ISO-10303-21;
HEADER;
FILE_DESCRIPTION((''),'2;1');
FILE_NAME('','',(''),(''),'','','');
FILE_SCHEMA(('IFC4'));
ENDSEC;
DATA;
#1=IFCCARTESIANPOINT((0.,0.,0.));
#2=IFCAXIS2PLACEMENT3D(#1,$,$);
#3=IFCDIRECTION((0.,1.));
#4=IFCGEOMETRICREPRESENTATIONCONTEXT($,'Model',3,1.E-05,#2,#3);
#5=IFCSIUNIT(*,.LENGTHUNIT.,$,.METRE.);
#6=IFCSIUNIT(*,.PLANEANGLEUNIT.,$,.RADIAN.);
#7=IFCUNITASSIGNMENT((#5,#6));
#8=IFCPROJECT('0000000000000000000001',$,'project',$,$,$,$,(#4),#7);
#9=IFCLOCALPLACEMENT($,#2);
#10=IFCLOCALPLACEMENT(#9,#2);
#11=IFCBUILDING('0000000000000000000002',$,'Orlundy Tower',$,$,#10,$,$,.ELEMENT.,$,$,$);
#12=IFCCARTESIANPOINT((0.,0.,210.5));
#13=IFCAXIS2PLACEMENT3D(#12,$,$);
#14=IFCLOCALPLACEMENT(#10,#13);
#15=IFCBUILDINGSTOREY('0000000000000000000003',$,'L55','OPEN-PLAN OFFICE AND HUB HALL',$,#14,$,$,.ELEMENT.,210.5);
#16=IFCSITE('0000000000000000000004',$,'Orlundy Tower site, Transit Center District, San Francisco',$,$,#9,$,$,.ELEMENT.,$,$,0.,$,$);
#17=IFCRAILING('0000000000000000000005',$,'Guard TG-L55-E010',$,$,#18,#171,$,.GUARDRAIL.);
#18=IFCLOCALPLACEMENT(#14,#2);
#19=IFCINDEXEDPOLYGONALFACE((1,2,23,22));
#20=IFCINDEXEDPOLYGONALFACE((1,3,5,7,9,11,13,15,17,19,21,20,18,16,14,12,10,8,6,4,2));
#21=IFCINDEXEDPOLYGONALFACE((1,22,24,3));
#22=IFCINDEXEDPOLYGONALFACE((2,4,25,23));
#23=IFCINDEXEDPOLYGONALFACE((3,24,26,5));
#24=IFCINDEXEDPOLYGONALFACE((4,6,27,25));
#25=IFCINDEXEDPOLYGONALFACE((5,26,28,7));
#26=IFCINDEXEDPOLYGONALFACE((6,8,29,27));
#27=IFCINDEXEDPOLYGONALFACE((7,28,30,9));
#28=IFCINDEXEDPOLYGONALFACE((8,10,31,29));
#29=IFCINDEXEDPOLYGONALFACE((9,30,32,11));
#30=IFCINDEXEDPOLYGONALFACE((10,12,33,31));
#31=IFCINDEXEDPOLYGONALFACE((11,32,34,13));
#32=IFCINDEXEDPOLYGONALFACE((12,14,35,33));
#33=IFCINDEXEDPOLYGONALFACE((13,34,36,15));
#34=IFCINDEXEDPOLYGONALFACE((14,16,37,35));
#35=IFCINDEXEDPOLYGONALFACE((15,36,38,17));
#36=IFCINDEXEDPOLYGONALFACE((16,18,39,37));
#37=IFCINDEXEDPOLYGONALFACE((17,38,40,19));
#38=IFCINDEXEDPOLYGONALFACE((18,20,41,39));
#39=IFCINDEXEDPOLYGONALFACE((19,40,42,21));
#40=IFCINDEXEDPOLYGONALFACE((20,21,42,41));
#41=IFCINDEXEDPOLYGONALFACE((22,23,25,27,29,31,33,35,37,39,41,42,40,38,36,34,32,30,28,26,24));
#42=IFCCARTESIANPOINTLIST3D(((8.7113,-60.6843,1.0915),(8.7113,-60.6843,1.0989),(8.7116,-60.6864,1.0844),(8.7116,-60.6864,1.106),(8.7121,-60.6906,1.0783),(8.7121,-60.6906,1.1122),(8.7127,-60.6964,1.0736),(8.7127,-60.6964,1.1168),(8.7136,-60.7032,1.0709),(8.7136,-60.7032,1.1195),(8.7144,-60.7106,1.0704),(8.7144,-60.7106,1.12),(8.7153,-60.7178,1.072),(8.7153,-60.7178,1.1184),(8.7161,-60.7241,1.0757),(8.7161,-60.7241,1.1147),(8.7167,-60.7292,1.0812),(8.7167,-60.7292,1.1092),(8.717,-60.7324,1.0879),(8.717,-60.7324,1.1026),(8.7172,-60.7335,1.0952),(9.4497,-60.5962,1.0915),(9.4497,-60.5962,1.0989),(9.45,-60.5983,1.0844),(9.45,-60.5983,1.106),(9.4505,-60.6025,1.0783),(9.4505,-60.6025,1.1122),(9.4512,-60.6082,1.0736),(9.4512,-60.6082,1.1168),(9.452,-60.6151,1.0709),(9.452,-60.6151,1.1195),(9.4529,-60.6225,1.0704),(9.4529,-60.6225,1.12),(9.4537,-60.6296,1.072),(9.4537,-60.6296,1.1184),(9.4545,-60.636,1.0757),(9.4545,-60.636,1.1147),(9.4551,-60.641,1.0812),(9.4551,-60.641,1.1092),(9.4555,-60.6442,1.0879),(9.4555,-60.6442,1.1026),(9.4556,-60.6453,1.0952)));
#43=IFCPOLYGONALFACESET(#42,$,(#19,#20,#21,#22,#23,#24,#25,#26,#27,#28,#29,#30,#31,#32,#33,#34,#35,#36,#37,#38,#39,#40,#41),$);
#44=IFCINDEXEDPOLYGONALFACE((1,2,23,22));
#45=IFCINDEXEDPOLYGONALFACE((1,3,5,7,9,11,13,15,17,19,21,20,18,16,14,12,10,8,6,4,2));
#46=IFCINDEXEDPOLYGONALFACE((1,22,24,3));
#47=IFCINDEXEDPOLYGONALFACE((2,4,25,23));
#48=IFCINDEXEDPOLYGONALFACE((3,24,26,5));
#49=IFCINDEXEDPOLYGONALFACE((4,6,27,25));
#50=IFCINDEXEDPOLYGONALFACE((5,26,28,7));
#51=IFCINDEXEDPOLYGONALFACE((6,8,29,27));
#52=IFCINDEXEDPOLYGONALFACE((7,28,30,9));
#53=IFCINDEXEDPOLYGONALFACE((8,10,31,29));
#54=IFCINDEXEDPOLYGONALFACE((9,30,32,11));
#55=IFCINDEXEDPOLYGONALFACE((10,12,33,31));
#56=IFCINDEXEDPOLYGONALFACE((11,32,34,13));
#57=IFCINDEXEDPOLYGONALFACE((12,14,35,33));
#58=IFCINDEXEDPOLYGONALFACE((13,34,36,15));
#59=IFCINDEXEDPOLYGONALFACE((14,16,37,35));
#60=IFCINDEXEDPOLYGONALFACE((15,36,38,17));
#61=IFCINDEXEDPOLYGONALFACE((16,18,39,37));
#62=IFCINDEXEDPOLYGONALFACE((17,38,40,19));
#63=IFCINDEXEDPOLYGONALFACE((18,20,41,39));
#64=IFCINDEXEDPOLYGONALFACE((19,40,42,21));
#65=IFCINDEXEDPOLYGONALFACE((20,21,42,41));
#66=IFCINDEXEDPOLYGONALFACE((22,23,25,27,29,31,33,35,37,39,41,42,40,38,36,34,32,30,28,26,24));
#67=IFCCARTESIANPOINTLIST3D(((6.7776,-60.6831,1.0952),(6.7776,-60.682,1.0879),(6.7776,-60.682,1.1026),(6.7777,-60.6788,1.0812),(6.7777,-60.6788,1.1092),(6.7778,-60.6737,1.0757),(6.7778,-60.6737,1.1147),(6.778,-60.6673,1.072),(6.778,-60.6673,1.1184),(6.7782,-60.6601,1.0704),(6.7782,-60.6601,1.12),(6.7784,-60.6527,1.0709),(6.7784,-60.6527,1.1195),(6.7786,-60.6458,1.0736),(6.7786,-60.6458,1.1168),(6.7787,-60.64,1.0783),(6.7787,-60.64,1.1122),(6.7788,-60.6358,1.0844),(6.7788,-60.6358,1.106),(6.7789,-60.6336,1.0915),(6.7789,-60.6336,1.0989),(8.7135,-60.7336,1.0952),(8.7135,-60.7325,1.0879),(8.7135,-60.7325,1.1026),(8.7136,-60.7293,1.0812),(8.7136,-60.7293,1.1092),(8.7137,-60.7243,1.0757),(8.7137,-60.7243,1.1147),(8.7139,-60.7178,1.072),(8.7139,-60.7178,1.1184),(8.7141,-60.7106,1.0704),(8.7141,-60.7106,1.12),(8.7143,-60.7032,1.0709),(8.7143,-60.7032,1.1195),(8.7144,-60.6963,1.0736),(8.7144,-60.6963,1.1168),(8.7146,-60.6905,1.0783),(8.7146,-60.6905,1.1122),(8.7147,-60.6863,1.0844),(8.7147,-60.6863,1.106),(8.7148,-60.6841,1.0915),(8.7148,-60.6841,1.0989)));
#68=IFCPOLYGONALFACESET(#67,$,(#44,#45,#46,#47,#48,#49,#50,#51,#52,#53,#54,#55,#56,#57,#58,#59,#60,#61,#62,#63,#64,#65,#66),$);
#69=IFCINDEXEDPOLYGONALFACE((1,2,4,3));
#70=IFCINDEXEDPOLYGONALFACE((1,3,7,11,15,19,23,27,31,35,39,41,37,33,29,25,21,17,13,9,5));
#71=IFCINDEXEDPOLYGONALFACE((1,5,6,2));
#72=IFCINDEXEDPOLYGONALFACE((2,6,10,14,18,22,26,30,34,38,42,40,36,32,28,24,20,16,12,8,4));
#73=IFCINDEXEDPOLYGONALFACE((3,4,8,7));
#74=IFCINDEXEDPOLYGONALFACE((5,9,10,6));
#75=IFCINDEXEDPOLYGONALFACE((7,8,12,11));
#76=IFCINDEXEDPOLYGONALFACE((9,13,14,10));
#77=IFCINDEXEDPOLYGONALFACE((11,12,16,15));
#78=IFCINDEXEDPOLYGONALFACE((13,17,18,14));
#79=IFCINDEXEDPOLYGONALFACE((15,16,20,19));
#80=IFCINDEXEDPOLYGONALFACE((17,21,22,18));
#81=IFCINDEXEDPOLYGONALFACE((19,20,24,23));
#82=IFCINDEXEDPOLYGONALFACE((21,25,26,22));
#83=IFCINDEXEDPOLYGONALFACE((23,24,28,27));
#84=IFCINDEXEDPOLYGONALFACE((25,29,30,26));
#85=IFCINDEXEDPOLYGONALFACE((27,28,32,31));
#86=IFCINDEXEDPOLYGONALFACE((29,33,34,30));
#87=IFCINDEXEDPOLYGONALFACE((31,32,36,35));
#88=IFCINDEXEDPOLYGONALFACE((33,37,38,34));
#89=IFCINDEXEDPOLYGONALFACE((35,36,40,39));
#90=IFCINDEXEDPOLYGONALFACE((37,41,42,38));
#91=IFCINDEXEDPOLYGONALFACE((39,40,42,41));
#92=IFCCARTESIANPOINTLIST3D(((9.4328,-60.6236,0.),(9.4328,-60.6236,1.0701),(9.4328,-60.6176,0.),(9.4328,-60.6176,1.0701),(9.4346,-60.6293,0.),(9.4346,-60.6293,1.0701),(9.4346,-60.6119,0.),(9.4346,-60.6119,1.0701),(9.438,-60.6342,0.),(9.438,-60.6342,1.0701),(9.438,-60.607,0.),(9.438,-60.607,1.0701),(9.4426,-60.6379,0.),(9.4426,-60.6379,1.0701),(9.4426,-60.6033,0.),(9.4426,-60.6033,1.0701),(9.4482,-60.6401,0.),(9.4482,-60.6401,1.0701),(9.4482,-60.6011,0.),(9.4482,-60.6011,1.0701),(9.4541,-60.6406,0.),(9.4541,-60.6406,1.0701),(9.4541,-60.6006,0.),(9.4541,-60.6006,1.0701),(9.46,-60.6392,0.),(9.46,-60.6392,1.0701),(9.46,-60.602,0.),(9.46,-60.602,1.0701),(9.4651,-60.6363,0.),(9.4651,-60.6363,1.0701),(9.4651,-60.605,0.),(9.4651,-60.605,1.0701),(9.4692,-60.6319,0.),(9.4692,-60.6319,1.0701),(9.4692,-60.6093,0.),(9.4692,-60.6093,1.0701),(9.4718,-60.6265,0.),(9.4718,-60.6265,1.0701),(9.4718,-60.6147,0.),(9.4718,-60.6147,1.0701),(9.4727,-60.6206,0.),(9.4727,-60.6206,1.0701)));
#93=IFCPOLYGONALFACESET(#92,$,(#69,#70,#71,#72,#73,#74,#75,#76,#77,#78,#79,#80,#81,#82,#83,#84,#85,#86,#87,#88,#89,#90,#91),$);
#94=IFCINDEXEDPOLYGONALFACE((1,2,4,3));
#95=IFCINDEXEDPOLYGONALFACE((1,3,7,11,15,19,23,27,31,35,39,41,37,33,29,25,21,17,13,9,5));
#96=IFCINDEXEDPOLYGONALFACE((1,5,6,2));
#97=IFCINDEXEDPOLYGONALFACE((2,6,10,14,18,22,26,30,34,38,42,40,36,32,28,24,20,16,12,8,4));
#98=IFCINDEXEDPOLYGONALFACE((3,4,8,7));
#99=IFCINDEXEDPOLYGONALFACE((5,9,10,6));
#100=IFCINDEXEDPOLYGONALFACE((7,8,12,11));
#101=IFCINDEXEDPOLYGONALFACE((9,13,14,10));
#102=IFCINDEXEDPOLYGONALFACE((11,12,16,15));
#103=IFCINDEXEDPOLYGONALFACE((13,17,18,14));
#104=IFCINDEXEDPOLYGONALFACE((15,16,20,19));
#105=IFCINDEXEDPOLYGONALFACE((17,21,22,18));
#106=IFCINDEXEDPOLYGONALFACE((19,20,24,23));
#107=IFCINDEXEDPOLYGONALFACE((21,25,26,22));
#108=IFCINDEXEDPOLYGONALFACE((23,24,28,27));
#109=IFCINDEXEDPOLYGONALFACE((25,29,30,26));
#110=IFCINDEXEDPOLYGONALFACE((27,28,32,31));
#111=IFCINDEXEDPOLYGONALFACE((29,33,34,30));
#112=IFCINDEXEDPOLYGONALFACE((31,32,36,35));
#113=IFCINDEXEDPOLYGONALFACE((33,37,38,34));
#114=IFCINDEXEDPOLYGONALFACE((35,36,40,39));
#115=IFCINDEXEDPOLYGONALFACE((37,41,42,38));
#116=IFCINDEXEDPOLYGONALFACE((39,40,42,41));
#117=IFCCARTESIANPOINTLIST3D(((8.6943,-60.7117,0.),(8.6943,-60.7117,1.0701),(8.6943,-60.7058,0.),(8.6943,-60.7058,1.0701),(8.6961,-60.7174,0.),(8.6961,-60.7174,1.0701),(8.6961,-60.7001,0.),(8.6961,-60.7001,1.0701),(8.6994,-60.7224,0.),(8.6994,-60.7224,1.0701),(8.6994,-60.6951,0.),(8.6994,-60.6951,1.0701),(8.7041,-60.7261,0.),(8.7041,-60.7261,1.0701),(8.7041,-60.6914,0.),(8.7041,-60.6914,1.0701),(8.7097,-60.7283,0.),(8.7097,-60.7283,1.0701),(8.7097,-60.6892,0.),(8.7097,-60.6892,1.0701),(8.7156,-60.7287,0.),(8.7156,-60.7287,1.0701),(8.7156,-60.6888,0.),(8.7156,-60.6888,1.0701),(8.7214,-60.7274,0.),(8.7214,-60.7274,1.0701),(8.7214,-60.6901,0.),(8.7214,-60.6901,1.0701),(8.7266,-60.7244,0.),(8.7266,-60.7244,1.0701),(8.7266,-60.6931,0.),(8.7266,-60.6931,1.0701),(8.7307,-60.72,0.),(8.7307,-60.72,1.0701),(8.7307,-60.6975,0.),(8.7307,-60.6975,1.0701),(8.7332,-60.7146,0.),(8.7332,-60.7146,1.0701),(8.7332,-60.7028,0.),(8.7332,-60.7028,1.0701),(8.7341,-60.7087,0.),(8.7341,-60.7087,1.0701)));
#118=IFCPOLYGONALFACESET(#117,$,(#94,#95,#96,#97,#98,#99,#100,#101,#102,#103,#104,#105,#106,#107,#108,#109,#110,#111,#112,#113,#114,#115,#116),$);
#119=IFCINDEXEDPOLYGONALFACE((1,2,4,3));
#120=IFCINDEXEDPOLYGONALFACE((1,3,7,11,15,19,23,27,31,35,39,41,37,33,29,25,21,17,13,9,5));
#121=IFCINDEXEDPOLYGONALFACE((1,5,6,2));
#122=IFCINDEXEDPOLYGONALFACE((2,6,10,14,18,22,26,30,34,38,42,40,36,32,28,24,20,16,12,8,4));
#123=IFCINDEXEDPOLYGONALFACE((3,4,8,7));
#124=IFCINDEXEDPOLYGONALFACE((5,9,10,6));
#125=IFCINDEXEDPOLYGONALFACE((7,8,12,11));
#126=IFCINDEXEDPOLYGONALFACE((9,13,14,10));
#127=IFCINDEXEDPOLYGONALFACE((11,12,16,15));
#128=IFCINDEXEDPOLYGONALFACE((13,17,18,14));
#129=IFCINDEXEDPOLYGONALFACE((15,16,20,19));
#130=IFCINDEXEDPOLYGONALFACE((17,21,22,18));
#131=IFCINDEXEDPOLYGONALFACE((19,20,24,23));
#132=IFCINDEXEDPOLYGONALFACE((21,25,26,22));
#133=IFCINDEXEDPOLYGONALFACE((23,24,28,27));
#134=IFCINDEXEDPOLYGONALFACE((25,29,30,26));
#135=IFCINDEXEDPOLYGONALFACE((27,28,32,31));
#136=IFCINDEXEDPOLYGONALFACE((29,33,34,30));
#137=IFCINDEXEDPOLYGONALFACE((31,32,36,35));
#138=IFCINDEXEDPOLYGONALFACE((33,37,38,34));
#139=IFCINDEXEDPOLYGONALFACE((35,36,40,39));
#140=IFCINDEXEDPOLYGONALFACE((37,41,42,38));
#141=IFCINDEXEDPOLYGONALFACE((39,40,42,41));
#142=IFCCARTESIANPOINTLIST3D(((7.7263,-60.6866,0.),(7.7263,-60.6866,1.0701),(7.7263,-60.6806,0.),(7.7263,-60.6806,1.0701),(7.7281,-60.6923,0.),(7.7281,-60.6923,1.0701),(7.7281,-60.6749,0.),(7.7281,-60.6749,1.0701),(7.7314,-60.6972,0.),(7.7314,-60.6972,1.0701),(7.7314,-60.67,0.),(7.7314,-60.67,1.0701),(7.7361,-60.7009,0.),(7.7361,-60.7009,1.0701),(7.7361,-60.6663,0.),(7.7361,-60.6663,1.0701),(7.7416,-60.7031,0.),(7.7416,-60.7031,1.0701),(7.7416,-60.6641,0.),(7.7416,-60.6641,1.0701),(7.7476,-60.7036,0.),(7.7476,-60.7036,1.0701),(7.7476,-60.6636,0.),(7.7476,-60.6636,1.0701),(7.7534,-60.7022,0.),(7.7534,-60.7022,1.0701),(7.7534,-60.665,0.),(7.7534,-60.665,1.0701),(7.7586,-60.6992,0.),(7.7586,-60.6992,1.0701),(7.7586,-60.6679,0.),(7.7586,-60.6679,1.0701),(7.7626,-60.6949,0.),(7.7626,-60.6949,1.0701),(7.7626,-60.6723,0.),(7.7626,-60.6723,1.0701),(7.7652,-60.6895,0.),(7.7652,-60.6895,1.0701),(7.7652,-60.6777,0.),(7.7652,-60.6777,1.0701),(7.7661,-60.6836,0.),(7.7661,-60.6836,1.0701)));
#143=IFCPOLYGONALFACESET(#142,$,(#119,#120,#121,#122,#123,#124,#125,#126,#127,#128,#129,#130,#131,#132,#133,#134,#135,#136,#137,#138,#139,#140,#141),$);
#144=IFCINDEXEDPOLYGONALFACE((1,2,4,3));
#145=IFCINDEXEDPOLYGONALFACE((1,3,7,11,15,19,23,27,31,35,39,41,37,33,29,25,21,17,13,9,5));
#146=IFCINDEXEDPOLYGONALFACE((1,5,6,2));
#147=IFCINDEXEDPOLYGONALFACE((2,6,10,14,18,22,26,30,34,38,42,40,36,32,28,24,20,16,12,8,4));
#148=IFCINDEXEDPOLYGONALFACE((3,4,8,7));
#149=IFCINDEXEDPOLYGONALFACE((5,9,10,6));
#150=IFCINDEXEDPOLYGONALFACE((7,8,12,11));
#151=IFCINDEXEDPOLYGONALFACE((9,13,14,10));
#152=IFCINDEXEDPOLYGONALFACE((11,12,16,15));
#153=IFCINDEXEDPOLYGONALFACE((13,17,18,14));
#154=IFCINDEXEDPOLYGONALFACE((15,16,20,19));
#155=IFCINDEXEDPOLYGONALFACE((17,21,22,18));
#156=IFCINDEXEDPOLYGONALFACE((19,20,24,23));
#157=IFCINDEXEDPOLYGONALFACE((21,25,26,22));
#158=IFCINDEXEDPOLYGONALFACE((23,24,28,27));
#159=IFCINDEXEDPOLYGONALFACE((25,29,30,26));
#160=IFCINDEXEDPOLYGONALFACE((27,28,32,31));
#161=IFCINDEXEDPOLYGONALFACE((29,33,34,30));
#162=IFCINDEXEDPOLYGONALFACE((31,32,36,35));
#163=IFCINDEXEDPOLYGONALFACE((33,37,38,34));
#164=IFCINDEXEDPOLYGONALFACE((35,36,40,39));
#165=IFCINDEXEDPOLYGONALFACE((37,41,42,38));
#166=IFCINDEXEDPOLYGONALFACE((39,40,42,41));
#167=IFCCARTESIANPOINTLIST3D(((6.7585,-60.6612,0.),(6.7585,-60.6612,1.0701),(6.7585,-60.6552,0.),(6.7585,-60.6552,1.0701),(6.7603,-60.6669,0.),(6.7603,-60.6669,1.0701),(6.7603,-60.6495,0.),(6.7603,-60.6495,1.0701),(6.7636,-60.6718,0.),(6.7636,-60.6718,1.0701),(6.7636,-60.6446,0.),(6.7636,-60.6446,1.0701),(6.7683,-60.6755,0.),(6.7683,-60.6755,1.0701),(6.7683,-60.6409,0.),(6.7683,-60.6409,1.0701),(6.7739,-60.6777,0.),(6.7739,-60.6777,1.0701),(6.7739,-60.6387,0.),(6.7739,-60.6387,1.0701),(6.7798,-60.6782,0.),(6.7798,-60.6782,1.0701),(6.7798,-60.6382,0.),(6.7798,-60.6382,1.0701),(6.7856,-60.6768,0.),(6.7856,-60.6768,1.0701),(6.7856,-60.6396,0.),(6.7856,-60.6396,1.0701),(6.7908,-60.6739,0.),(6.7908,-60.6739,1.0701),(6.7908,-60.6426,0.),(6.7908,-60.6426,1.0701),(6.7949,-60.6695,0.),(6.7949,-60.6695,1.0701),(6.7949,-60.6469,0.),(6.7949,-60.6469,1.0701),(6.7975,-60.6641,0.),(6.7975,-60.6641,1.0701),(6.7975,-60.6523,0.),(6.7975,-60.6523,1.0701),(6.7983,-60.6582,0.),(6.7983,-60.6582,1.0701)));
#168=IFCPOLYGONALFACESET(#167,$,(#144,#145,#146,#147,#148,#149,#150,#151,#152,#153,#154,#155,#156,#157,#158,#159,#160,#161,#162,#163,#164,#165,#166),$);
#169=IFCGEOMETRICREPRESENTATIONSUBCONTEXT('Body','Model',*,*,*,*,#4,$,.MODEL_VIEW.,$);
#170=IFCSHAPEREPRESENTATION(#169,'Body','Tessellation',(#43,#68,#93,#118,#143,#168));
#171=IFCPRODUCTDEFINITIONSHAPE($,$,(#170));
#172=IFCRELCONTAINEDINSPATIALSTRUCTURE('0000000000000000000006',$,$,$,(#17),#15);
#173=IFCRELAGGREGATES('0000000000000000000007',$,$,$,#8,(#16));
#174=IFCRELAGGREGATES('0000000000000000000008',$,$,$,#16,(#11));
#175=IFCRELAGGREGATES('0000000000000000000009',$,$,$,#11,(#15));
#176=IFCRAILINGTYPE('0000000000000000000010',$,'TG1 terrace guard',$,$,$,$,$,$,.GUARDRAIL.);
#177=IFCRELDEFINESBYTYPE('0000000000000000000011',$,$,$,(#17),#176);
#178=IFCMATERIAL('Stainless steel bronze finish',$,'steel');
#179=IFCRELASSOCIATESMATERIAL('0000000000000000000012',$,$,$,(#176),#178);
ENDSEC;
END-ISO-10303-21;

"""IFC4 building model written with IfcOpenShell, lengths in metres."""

from ifc_helpers import new_model, si_unit, direction, frame, origin, origin_2d, place, context, subcontext, project, spatial, circle, extrude, material, type_object, element, save


model = new_model("IFC4")

# Units and contexts
model_context = context("Model", 3, precision=1e-05, world=origin(), true_north=direction((0.0, 1.0)))
body_context = subcontext(model_context, "Body", "Model", "MODEL_VIEW")
ifc_project = project(units=[si_unit("LENGTHUNIT", "METRE"), si_unit("PLANEANGLEUNIT", "RADIAN")], contexts=[model_context])

# Site, building, storey
site_placement = place(None, origin())
site = spatial("IfcSite", under=ifc_project, at=site_placement, Name="Orlundy Tower site, Transit Center District, San Francisco", CompositionType="ELEMENT", RefElevation=0.0)
building_placement = place(site_placement, origin())
building = spatial("IfcBuilding", under=site, at=building_placement, Name="Orlundy Tower", CompositionType="ELEMENT")
storey_placement = place(building_placement, frame((0.0, 0.0, 210.5)))
storey = spatial("IfcBuildingStorey", under=building, at=storey_placement, Name="L55", Description="OPEN-PLAN OFFICE AND HUB HALL", CompositionType="ELEMENT", Elevation=210.5)

# Railing
ifc_material_1 = material(Name="Stainless steel bronze finish", Category="steel")
railing_type = type_object("IfcRailingType", Name="TG1 terrace guard", PredefinedType="GUARDRAIL", material=ifc_material_1)
railing_1_placement = place(storey_placement, frame((9.4526, -60.6206, 0.0)))
element("IfcRailing", 1, at=railing_1_placement, inside=storey, type_object=railing_type, Name="Guard TG-L55-E010", PredefinedType="GUARDRAIL", context=body_context, shape_type="SweptSolid", body=[
    extrude(circle(Radius=0.0249, at=origin_2d()), frame((0.0, 0.0, 1.0952), z_axis=(-0.992954, -0.118498, 0.0), x_axis=(0.118498, -0.992954, 0.0)), (0.0, 0.0, 1.0), 0.7437),
    extrude(circle(Radius=0.0249, at=origin_2d()), frame((-0.7385, -0.0881, 1.0952), z_axis=(-0.999659, 0.026098, 0.0), x_axis=(-0.026098, -0.999659, 0.0)), (0.0, 0.0, 1.0), 1.9365),
    extrude(circle(Radius=0.02, at=origin_2d()), origin(), (0.0, 0.0, 1.0), 1.0701),
    extrude(circle(Radius=0.02, at=origin_2d()), frame((-0.7385, -0.0881, 0.0)), (0.0, 0.0, 1.0), 1.0701),
    extrude(circle(Radius=0.02, at=origin_2d()), frame((-1.7065, -0.063, 0.0)), (0.0, 0.0, 1.0), 1.0701),
    extrude(circle(Radius=0.02, at=origin_2d()), frame((-2.6743, -0.0376, 0.0)), (0.0, 0.0, 1.0), 1.0701),
])

save(model, "model.ifc")
